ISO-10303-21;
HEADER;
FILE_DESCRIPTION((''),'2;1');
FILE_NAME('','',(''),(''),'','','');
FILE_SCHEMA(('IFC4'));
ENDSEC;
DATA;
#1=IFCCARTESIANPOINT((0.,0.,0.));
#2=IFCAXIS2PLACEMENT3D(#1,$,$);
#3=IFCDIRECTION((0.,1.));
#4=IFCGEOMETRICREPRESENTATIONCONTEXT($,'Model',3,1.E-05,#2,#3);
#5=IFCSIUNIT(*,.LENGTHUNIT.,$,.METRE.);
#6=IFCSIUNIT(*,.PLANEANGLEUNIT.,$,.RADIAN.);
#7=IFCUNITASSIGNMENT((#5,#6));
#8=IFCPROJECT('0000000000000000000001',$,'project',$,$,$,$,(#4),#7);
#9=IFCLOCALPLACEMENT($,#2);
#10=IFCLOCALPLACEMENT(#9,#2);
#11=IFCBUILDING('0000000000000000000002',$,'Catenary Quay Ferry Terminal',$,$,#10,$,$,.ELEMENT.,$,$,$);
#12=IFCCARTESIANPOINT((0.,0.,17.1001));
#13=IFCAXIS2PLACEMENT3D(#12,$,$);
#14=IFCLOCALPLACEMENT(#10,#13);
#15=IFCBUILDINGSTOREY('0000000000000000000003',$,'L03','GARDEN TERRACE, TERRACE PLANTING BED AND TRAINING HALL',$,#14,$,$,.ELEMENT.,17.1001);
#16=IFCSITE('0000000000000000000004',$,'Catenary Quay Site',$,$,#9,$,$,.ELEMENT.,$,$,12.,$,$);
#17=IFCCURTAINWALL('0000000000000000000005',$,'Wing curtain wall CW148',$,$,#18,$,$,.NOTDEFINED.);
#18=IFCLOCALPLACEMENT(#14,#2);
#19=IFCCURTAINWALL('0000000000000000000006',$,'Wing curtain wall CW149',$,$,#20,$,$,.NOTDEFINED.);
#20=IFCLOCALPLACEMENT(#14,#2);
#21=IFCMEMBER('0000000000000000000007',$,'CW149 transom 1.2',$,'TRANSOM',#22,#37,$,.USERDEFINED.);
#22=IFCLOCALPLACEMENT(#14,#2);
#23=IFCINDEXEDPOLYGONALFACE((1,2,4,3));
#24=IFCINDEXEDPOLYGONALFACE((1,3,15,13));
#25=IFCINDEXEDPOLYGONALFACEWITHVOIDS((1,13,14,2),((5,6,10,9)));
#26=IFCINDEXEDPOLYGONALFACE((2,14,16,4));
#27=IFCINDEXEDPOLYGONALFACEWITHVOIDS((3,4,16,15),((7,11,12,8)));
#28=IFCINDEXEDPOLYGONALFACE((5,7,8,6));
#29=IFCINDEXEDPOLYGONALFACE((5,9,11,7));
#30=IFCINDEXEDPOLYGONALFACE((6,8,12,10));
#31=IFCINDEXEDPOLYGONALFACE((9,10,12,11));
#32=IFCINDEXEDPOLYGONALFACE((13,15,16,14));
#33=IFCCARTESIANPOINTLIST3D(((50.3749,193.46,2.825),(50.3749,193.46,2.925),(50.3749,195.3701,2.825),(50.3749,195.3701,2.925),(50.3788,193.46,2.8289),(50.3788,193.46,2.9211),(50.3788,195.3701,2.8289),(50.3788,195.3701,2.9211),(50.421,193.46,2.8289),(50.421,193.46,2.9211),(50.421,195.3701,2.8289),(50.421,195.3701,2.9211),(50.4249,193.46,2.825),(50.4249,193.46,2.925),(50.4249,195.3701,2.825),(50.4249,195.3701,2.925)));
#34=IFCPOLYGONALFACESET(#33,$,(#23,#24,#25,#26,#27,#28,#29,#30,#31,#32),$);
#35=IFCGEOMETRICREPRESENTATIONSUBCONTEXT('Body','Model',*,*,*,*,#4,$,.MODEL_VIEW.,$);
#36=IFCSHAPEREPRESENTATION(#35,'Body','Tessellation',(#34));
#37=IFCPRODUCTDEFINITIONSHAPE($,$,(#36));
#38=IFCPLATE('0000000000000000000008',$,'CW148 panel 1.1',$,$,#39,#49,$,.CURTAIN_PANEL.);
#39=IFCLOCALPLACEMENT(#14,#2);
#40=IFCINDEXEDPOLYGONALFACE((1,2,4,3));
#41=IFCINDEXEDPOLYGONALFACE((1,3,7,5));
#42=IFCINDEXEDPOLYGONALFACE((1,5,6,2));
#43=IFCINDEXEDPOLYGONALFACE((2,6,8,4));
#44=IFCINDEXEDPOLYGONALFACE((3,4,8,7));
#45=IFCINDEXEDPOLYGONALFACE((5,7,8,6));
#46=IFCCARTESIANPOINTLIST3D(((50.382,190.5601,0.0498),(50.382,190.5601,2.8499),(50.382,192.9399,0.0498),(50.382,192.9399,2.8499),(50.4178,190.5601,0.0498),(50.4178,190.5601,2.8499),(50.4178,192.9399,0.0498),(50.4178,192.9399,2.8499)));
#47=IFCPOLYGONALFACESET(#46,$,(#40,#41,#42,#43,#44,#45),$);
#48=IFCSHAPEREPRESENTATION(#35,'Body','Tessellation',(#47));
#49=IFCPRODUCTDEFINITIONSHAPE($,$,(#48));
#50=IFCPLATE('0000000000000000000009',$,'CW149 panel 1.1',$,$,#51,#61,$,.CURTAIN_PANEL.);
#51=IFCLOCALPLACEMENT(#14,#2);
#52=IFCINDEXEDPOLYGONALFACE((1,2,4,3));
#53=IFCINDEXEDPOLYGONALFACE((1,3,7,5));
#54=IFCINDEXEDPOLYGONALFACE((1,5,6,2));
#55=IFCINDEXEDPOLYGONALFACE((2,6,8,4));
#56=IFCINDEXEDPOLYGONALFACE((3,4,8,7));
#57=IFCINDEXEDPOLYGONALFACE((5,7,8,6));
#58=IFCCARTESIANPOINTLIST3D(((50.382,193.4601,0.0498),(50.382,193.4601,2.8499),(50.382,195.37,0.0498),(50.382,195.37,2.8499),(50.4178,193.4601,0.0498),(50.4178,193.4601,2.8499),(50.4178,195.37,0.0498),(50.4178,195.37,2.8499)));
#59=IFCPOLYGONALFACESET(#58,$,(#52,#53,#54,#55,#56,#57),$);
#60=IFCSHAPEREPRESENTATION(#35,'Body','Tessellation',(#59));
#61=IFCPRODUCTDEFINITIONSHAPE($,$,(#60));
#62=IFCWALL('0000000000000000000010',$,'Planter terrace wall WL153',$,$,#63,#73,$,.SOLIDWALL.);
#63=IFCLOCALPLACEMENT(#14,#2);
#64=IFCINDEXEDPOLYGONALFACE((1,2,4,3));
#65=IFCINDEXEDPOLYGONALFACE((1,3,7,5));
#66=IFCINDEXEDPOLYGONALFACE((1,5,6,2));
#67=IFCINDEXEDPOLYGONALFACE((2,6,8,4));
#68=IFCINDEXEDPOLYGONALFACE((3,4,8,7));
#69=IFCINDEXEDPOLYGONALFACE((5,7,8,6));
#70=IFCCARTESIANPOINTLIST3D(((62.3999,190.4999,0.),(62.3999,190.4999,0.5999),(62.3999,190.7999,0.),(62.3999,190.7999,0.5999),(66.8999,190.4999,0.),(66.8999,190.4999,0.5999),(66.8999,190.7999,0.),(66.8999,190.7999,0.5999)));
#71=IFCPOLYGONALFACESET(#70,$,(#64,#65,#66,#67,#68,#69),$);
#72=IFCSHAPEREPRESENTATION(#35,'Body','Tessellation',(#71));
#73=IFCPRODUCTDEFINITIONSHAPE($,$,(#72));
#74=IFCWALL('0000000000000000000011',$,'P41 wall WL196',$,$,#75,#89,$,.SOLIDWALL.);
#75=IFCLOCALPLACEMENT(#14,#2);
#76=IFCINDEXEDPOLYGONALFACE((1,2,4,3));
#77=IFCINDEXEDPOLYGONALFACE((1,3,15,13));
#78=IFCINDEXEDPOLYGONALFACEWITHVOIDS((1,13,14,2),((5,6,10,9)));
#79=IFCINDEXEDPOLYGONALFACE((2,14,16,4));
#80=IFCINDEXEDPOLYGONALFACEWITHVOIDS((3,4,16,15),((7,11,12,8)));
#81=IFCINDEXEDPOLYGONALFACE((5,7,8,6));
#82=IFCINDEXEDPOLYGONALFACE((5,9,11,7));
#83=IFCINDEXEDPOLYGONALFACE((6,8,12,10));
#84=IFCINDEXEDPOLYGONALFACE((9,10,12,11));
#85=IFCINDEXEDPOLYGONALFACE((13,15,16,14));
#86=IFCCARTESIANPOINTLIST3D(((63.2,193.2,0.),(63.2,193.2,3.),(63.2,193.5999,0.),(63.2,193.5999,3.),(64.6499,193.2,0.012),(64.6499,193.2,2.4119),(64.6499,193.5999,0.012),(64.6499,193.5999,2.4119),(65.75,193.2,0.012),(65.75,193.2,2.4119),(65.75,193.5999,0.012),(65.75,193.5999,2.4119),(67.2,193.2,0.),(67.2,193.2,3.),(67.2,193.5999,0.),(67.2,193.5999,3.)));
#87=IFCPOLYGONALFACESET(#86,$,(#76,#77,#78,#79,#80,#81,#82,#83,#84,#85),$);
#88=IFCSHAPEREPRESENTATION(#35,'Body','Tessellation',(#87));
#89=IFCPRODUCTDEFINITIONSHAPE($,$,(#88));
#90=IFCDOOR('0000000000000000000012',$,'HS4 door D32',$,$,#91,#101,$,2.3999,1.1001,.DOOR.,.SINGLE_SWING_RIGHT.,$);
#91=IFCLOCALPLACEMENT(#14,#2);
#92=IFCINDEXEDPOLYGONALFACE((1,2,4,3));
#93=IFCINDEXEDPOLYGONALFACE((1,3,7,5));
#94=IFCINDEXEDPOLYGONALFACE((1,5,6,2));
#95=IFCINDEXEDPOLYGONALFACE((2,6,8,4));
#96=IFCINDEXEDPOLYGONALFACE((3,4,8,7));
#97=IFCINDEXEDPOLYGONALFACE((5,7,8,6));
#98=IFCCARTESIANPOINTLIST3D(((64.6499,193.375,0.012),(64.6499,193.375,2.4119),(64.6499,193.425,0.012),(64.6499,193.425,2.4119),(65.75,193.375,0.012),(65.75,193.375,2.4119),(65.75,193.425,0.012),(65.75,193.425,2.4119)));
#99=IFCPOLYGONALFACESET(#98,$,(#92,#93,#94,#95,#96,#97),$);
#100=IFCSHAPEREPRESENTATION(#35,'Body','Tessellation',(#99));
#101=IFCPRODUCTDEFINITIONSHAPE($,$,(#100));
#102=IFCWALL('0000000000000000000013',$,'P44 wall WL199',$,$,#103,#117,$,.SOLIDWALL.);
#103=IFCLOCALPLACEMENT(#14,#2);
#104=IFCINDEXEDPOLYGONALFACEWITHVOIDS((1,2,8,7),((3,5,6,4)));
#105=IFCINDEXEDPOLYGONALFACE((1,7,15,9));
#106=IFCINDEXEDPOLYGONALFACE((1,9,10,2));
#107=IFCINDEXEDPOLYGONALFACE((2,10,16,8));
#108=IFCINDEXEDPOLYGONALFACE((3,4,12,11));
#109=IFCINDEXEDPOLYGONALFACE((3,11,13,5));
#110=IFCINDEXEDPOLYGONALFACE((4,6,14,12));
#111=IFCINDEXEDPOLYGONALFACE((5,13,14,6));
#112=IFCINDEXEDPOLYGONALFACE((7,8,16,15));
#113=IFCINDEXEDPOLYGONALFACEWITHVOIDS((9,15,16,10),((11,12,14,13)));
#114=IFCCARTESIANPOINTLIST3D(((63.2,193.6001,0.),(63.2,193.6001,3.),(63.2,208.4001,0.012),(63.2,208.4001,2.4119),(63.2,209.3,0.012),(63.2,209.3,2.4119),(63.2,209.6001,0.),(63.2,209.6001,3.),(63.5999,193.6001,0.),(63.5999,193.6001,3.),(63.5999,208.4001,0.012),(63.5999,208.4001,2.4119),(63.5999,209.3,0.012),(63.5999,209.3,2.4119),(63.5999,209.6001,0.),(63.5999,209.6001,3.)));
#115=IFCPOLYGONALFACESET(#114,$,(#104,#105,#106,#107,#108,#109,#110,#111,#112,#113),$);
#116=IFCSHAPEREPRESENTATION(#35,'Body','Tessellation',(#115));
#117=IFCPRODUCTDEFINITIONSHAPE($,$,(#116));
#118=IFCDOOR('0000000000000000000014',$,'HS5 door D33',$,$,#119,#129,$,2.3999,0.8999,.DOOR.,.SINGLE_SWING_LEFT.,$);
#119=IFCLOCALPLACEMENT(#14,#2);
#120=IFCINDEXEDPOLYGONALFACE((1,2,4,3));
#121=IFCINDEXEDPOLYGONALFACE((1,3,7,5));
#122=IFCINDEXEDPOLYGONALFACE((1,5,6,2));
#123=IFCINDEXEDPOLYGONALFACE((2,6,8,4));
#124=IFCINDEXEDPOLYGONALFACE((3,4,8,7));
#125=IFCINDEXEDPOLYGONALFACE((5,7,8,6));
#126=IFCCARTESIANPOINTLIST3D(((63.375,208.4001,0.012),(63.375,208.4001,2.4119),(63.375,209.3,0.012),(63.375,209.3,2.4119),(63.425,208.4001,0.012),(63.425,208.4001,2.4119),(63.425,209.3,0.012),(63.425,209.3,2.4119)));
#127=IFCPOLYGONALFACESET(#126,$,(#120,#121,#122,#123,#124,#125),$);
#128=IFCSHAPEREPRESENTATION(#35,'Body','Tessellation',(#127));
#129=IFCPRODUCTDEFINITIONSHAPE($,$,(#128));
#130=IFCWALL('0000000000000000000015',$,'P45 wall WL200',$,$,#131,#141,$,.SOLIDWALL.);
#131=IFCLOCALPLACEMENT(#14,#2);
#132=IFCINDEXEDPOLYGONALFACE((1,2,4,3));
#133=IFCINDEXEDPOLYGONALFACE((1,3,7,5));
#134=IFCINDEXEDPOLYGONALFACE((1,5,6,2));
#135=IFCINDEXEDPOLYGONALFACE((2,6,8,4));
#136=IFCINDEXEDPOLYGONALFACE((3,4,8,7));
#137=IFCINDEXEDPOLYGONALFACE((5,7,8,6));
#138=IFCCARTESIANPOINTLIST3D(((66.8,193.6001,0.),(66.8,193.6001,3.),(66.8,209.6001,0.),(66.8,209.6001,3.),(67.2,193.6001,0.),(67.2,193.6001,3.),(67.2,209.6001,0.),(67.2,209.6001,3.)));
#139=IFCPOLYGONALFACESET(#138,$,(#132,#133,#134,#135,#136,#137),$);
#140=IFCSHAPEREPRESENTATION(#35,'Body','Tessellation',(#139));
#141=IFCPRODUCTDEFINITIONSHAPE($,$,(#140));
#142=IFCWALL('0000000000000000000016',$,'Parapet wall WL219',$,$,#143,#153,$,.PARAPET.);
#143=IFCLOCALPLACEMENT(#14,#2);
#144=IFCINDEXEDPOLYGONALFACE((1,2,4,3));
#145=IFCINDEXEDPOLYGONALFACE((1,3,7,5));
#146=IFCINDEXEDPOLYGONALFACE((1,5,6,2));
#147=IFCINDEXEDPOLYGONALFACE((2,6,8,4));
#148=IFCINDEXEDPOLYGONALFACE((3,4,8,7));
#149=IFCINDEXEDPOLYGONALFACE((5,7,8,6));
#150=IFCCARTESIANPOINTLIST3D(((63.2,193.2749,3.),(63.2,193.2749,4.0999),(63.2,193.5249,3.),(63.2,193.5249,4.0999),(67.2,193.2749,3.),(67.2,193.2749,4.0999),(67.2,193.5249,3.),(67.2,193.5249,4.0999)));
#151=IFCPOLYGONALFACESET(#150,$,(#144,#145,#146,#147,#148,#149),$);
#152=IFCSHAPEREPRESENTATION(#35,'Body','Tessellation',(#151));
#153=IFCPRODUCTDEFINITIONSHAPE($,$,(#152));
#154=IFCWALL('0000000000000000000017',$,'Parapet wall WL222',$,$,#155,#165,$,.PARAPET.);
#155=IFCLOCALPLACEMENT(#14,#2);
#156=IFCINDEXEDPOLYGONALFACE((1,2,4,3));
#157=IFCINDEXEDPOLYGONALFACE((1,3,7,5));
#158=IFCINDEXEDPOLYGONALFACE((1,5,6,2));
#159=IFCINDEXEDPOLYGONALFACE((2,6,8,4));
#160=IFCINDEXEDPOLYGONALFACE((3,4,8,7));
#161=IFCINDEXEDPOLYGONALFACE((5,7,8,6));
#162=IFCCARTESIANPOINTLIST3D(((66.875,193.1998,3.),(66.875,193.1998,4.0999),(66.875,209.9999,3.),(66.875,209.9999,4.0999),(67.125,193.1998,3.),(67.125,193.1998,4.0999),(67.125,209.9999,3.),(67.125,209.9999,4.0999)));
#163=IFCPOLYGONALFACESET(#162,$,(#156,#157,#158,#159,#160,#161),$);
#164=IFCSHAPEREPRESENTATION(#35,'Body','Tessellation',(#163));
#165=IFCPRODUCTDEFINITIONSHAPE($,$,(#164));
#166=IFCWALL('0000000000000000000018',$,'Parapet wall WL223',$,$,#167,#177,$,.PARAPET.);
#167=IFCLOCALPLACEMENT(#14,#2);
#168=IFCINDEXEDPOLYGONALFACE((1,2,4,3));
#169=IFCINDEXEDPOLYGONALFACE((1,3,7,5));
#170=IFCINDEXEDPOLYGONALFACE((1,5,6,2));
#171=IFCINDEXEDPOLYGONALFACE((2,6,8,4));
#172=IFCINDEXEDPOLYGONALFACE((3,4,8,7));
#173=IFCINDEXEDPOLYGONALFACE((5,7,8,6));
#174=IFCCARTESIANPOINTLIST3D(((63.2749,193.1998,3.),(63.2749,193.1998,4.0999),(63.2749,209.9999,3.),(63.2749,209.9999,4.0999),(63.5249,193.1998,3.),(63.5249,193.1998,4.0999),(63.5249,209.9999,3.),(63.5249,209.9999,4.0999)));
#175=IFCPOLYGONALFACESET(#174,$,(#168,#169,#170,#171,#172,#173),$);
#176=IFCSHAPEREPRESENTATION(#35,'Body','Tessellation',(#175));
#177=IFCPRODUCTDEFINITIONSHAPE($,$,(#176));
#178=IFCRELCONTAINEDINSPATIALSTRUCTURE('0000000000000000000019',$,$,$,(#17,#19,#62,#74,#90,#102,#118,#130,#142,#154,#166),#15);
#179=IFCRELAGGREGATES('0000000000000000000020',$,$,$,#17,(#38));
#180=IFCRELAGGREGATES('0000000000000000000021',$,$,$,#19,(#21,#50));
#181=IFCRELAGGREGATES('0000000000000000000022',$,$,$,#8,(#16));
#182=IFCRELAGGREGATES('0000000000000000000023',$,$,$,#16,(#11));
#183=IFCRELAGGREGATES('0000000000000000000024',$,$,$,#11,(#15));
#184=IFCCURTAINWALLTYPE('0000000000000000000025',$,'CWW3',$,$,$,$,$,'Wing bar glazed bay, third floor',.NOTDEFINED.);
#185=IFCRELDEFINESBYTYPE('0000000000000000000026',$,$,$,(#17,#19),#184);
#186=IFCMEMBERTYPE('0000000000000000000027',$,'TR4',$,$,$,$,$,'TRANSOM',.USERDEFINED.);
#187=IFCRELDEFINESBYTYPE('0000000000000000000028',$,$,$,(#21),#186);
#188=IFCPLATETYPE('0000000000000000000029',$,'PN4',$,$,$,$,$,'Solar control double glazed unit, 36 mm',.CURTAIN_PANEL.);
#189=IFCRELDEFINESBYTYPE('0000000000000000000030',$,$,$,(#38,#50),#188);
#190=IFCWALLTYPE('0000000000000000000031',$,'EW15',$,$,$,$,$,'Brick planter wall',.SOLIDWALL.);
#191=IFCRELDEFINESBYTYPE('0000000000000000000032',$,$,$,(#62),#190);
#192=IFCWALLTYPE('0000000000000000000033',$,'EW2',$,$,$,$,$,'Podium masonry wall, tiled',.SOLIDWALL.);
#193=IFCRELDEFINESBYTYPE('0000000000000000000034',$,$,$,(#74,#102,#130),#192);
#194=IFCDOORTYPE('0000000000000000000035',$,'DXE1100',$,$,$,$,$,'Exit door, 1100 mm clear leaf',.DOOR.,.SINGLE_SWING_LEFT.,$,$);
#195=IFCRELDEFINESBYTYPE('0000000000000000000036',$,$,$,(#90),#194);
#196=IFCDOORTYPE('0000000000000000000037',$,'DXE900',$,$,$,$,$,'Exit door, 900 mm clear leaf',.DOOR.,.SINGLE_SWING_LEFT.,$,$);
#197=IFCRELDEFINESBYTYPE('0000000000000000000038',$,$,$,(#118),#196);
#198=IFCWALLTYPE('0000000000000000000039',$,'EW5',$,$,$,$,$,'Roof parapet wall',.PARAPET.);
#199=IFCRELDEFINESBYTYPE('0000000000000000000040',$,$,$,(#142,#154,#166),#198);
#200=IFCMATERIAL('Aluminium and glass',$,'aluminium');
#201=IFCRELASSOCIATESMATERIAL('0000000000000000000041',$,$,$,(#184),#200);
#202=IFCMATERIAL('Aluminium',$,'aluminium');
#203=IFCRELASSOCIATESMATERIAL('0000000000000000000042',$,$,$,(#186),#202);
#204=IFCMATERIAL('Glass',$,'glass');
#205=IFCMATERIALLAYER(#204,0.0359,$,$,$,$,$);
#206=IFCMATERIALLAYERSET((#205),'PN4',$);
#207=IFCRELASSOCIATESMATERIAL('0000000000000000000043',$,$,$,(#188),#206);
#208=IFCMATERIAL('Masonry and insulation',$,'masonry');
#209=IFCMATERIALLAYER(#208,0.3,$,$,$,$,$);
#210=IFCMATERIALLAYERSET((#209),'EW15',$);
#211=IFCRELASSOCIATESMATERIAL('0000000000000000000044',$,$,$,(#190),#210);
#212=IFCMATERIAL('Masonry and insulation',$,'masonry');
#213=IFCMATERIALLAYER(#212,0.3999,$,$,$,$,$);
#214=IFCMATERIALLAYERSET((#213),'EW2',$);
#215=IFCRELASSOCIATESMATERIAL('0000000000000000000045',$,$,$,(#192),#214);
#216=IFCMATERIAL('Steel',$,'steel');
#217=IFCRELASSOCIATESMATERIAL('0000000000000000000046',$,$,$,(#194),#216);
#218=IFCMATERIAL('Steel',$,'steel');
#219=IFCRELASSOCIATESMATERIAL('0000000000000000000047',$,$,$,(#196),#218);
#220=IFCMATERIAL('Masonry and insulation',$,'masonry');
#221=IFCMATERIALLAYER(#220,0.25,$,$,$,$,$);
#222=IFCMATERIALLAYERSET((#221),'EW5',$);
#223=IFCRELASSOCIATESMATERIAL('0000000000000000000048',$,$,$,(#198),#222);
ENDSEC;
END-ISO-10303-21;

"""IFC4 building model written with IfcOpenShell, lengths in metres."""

from ifc_helpers import new_model, si_unit, direction, frame, frame_2d, origin, origin_2d, place, context, subcontext, project, spatial, rectangle, hollow_rectangle, extrude, material, layer, layer_set, material_profile, profile_set, type_object, element, fill, aggregate, save


model = new_model("IFC4")

# Units and contexts
model_context = context("Model", 3, precision=1e-05, world=origin(), true_north=direction((0.0, 1.0)))
body_context = subcontext(model_context, "Body", "Model", "MODEL_VIEW")
ifc_project = project(units=[si_unit("LENGTHUNIT", "METRE"), si_unit("PLANEANGLEUNIT", "RADIAN")], contexts=[model_context])

# Site, building, storey
site_placement = place(None, origin())
site = spatial("IfcSite", under=ifc_project, at=site_placement, Name="Catenary Quay Site", CompositionType="ELEMENT", RefElevation=12.0)
building_placement = place(site_placement, origin())
building = spatial("IfcBuilding", under=site, at=building_placement, Name="Catenary Quay Ferry Terminal", CompositionType="ELEMENT")
storey_placement = place(building_placement, frame((0.0, 0.0, 17.1001)))
storey = spatial("IfcBuildingStorey", under=building, at=storey_placement, Name="L03", Description="GARDEN TERRACE, TERRACE PLANTING BED AND TRAINING HALL", CompositionType="ELEMENT", Elevation=17.1001)

# Curtain walls
ifc_material_1 = material(Name="Aluminium and glass", Category="aluminium")
curtain_wall_type = type_object("IfcCurtainWallType", Name="CWW3", ElementType="Wing bar glazed bay, third floor", PredefinedType="NOTDEFINED", material=ifc_material_1)
curtain_wall_1_placement = place(storey_placement, origin())
curtain_wall_1 = element("IfcCurtainWall", 1, at=curtain_wall_1_placement, inside=storey, type_object=curtain_wall_type, Name="Wing curtain wall CW148", PredefinedType="NOTDEFINED")
curtain_wall_2_placement = place(storey_placement, origin())
curtain_wall_2 = element("IfcCurtainWall", 2, at=curtain_wall_2_placement, inside=storey, type_object=curtain_wall_type, Name="Wing curtain wall CW149", PredefinedType="NOTDEFINED")

# Member
ifc_material_2 = material(Name="Aluminium", Category="aluminium")
ifc_material_profile_1 = material_profile(ifc_material_2, hollow_rectangle(XDim=0.05, YDim=0.1001, WallThickness=0.0039, at=origin_2d()), Name="TR4")
ifc_profile_set_1 = profile_set([ifc_material_profile_1], Name="Aluminium")
member_type_1 = type_object("IfcMemberType", Name="TR4", ElementType="TRANSOM", PredefinedType="USERDEFINED", material=ifc_profile_set_1)
member_1_placement = place(storey_placement, frame((50.3999, 193.46, 2.875), z_axis=(0.0, 1.0, 0.0), x_axis=(-1.0, 0.0, 0.0)))
member_1 = element("IfcMember", 3, at=member_1_placement, type_object=member_type_1, Name="CW149 transom 1.2", ObjectType="TRANSOM", PredefinedType="USERDEFINED", context=body_context, shape_type="SweptSolid", body=[
    extrude(hollow_rectangle(XDim=0.05, YDim=0.1001, WallThickness=0.0039, at=origin_2d()), origin(), (0.0, 0.0, 1.0), 1.9102),
])

# Plates
ifc_material_3 = material(Name="Glass", Category="glass")
ifc_layer_1 = layer(ifc_material_3, 0.0359)
ifc_layer_set_1 = layer_set([ifc_layer_1], Name="PN4")
plate_type = type_object("IfcPlateType", Name="PN4", ElementType="Solar control double glazed unit, 36 mm", PredefinedType="CURTAIN_PANEL", material=ifc_layer_set_1)
plate_1_placement = place(storey_placement, frame((50.3999, 191.75, 0.0498), z_axis=(0.0, 0.0, 1.0), x_axis=(0.0, 1.0, 0.0)))
plate_1 = element("IfcPlate", 4, at=plate_1_placement, type_object=plate_type, Name="CW148 panel 1.1", PredefinedType="CURTAIN_PANEL", context=body_context, shape_type="SweptSolid", body=[
    extrude(rectangle(XDim=2.3799, YDim=0.0359, at=origin_2d()), origin(), (0.0, 0.0, 1.0), 2.8),
])
aggregate(curtain_wall_1, [plate_1])
plate_2_placement = place(storey_placement, frame((50.3999, 194.415, 0.0498), z_axis=(0.0, 0.0, 1.0), x_axis=(0.0, 1.0, 0.0)))
plate_2 = element("IfcPlate", 5, at=plate_2_placement, type_object=plate_type, Name="CW149 panel 1.1", PredefinedType="CURTAIN_PANEL", context=body_context, shape_type="SweptSolid", body=[
    extrude(rectangle(XDim=1.9099, YDim=0.0359, at=origin_2d()), origin(), (0.0, 0.0, 1.0), 2.8),
])
aggregate(curtain_wall_2, [member_1, plate_2])

# Wall
ifc_material_4 = material(Name="Masonry and insulation", Category="masonry")
ifc_layer_2 = layer(ifc_material_4, 0.3)
ifc_layer_set_2 = layer_set([ifc_layer_2], Name="EW15")
wall_type_1 = type_object("IfcWallType", Name="EW15", ElementType="Brick planter wall", PredefinedType="SOLIDWALL", material=ifc_layer_set_2)
wall_1_placement = place(storey_placement, frame((62.3999, 190.6499, 0.0), z_axis=(0.0, 0.0, 1.0), x_axis=(1.0, 0.0, 0.0)))
element("IfcWall", 6, at=wall_1_placement, inside=storey, type_object=wall_type_1, Name="Planter terrace wall WL153", PredefinedType="SOLIDWALL", context=body_context, shape_type="SweptSolid", body=[
    extrude(rectangle(XDim=4.5, YDim=0.3, at=frame_2d((2.25, 0.0))), origin(), (0.0, 0.0, 1.0), 0.5999),
])

# Walls, openings, doors
ifc_material_5 = material(Name="Masonry and insulation", Category="masonry")
ifc_layer_3 = layer(ifc_material_5, 0.3999)
ifc_layer_set_3 = layer_set([ifc_layer_3], Name="EW2")
wall_type_2 = type_object("IfcWallType", Name="EW2", ElementType="Podium masonry wall, tiled", PredefinedType="SOLIDWALL", material=ifc_layer_set_3)
wall_2_placement = place(storey_placement, frame((63.2, 193.3999, 0.0), z_axis=(0.0, 0.0, 1.0), x_axis=(1.0, 0.0, 0.0)))
wall_2 = element("IfcWall", 7, at=wall_2_placement, inside=storey, type_object=wall_type_2, Name="P41 wall WL196", PredefinedType="SOLIDWALL", context=body_context, shape_type="SweptSolid", body=[
    extrude(rectangle(XDim=4.0, YDim=0.3999, at=frame_2d((2.0, 0.0))), origin(), (0.0, 0.0, 1.0), 3.0),
])
opening_1_placement = place(wall_2_placement, frame((1.45, 0.0, 0.012)))
opening_1 = element("IfcOpeningElement", 8, at=opening_1_placement, cuts=wall_2, PredefinedType="OPENING", context=body_context, shape_type="SweptSolid", body=[
    extrude(rectangle(XDim=1.1001, YDim=2.3999, at=frame_2d((0.55, 1.2))), frame((0.0, 0.21, 0.0), z_axis=(0.0, -1.0, 0.0), x_axis=(1.0, 0.0, 0.0)), (0.0, 0.0, 1.0), 0.4199),
])
ifc_material_6 = material(Name="Steel", Category="steel")
door_type_1 = type_object("IfcDoorType", Name="DXE1100", ElementType="Exit door, 1100 mm clear leaf", OperationType="SINGLE_SWING_LEFT", PredefinedType="DOOR", material=ifc_material_6)
door_1_placement = place(opening_1_placement, frame((1.1001, 0.0, 0.0), z_axis=(0.0, 0.0, 1.0), x_axis=(-1.0, 0.0, 0.0)))
door_1 = element("IfcDoor", 9, at=door_1_placement, inside=storey, type_object=door_type_1, Name="HS4 door D32", OperationType="SINGLE_SWING_RIGHT", OverallHeight=2.3999, OverallWidth=1.1001, PredefinedType="DOOR", context=body_context, shape_type="SweptSolid", body=[
    extrude(rectangle(XDim=1.1001, YDim=2.3999, at=frame_2d((0.55, 1.2))), frame((0.0, 0.0249, 0.0), z_axis=(0.0, -1.0, 0.0), x_axis=(1.0, 0.0, 0.0)), (0.0, 0.0, 1.0), 0.05),
])
fill(opening_1, door_1)
wall_3_placement = place(storey_placement, frame((63.3999, 193.6001, 0.0), z_axis=(0.0, 0.0, 1.0), x_axis=(0.0, 1.0, 0.0)))
wall_3 = element("IfcWall", 10, at=wall_3_placement, inside=storey, type_object=wall_type_2, Name="P44 wall WL199", PredefinedType="SOLIDWALL", context=body_context, shape_type="SweptSolid", body=[
    extrude(rectangle(XDim=16.0, YDim=0.3999, at=frame_2d((8.0, 0.0))), origin(), (0.0, 0.0, 1.0), 3.0),
])
opening_2_placement = place(wall_3_placement, frame((14.8, 0.0, 0.012)))
opening_2 = element("IfcOpeningElement", 11, at=opening_2_placement, cuts=wall_3, PredefinedType="OPENING", context=body_context, shape_type="SweptSolid", body=[
    extrude(rectangle(XDim=0.8999, YDim=2.3999, at=frame_2d((0.45, 1.2))), frame((0.0, 0.21, 0.0), z_axis=(0.0, -1.0, 0.0), x_axis=(1.0, 0.0, 0.0)), (0.0, 0.0, 1.0), 0.4199),
])
ifc_material_7 = material(Name="Steel", Category="steel")
door_type_2 = type_object("IfcDoorType", Name="DXE900", ElementType="Exit door, 900 mm clear leaf", OperationType="SINGLE_SWING_LEFT", PredefinedType="DOOR", material=ifc_material_7)
door_2_placement = place(opening_2_placement, origin())
door_2 = element("IfcDoor", 12, at=door_2_placement, inside=storey, type_object=door_type_2, Name="HS5 door D33", OperationType="SINGLE_SWING_LEFT", OverallHeight=2.3999, OverallWidth=0.8999, PredefinedType="DOOR", context=body_context, shape_type="SweptSolid", body=[
    extrude(rectangle(XDim=0.8999, YDim=2.3999, at=frame_2d((0.45, 1.2))), frame((0.0, 0.0249, 0.0), z_axis=(0.0, -1.0, 0.0), x_axis=(1.0, 0.0, 0.0)), (0.0, 0.0, 1.0), 0.05),
])
fill(opening_2, door_2)

# Walls
wall_4_placement = place(storey_placement, frame((67.0, 193.6001, 0.0), z_axis=(0.0, 0.0, 1.0), x_axis=(0.0, 1.0, 0.0)))
element("IfcWall", 13, at=wall_4_placement, inside=storey, type_object=wall_type_2, Name="P45 wall WL200", PredefinedType="SOLIDWALL", context=body_context, shape_type="SweptSolid", body=[
    extrude(rectangle(XDim=16.0, YDim=0.3999, at=frame_2d((8.0, 0.0))), origin(), (0.0, 0.0, 1.0), 3.0),
])
ifc_material_8 = material(Name="Masonry and insulation", Category="masonry")
ifc_layer_4 = layer(ifc_material_8, 0.25)
ifc_layer_set_4 = layer_set([ifc_layer_4], Name="EW5")
wall_type_3 = type_object("IfcWallType", Name="EW5", ElementType="Roof parapet wall", PredefinedType="PARAPET", material=ifc_layer_set_4)
wall_5_placement = place(storey_placement, frame((63.2, 193.3999, 3.0), z_axis=(0.0, 0.0, 1.0), x_axis=(1.0, 0.0, 0.0)))
element("IfcWall", 14, at=wall_5_placement, inside=storey, type_object=wall_type_3, Name="Parapet wall WL219", PredefinedType="PARAPET", context=body_context, shape_type="SweptSolid", body=[
    extrude(rectangle(XDim=4.0, YDim=0.25, at=frame_2d((2.0, 0.0))), origin(), (0.0, 0.0, 1.0), 1.0999),
])
for number, where, z_axis, x_axis, name in (
    (15, (67.0, 193.2, 3.0), (0.0, 0.0, 1.0), (0.0, 1.0, 0.0), "Parapet wall WL222"),
    (16, (63.3999, 193.2, 3.0), (0.0, 0.0, 1.0), (0.0, 1.0, 0.0), "Parapet wall WL223"),
):
    element("IfcWall", number, at=place(storey_placement, frame(where, z_axis=z_axis, x_axis=x_axis)), inside=storey, type_object=wall_type_3, Name=name, PredefinedType="PARAPET", context=body_context, shape_type="SweptSolid", body=[
        extrude(rectangle(XDim=16.8, YDim=0.25, at=frame_2d((8.3999, 0.0))), origin(), (0.0, 0.0, 1.0), 1.0999),
    ])

save(model, "model.ifc")
